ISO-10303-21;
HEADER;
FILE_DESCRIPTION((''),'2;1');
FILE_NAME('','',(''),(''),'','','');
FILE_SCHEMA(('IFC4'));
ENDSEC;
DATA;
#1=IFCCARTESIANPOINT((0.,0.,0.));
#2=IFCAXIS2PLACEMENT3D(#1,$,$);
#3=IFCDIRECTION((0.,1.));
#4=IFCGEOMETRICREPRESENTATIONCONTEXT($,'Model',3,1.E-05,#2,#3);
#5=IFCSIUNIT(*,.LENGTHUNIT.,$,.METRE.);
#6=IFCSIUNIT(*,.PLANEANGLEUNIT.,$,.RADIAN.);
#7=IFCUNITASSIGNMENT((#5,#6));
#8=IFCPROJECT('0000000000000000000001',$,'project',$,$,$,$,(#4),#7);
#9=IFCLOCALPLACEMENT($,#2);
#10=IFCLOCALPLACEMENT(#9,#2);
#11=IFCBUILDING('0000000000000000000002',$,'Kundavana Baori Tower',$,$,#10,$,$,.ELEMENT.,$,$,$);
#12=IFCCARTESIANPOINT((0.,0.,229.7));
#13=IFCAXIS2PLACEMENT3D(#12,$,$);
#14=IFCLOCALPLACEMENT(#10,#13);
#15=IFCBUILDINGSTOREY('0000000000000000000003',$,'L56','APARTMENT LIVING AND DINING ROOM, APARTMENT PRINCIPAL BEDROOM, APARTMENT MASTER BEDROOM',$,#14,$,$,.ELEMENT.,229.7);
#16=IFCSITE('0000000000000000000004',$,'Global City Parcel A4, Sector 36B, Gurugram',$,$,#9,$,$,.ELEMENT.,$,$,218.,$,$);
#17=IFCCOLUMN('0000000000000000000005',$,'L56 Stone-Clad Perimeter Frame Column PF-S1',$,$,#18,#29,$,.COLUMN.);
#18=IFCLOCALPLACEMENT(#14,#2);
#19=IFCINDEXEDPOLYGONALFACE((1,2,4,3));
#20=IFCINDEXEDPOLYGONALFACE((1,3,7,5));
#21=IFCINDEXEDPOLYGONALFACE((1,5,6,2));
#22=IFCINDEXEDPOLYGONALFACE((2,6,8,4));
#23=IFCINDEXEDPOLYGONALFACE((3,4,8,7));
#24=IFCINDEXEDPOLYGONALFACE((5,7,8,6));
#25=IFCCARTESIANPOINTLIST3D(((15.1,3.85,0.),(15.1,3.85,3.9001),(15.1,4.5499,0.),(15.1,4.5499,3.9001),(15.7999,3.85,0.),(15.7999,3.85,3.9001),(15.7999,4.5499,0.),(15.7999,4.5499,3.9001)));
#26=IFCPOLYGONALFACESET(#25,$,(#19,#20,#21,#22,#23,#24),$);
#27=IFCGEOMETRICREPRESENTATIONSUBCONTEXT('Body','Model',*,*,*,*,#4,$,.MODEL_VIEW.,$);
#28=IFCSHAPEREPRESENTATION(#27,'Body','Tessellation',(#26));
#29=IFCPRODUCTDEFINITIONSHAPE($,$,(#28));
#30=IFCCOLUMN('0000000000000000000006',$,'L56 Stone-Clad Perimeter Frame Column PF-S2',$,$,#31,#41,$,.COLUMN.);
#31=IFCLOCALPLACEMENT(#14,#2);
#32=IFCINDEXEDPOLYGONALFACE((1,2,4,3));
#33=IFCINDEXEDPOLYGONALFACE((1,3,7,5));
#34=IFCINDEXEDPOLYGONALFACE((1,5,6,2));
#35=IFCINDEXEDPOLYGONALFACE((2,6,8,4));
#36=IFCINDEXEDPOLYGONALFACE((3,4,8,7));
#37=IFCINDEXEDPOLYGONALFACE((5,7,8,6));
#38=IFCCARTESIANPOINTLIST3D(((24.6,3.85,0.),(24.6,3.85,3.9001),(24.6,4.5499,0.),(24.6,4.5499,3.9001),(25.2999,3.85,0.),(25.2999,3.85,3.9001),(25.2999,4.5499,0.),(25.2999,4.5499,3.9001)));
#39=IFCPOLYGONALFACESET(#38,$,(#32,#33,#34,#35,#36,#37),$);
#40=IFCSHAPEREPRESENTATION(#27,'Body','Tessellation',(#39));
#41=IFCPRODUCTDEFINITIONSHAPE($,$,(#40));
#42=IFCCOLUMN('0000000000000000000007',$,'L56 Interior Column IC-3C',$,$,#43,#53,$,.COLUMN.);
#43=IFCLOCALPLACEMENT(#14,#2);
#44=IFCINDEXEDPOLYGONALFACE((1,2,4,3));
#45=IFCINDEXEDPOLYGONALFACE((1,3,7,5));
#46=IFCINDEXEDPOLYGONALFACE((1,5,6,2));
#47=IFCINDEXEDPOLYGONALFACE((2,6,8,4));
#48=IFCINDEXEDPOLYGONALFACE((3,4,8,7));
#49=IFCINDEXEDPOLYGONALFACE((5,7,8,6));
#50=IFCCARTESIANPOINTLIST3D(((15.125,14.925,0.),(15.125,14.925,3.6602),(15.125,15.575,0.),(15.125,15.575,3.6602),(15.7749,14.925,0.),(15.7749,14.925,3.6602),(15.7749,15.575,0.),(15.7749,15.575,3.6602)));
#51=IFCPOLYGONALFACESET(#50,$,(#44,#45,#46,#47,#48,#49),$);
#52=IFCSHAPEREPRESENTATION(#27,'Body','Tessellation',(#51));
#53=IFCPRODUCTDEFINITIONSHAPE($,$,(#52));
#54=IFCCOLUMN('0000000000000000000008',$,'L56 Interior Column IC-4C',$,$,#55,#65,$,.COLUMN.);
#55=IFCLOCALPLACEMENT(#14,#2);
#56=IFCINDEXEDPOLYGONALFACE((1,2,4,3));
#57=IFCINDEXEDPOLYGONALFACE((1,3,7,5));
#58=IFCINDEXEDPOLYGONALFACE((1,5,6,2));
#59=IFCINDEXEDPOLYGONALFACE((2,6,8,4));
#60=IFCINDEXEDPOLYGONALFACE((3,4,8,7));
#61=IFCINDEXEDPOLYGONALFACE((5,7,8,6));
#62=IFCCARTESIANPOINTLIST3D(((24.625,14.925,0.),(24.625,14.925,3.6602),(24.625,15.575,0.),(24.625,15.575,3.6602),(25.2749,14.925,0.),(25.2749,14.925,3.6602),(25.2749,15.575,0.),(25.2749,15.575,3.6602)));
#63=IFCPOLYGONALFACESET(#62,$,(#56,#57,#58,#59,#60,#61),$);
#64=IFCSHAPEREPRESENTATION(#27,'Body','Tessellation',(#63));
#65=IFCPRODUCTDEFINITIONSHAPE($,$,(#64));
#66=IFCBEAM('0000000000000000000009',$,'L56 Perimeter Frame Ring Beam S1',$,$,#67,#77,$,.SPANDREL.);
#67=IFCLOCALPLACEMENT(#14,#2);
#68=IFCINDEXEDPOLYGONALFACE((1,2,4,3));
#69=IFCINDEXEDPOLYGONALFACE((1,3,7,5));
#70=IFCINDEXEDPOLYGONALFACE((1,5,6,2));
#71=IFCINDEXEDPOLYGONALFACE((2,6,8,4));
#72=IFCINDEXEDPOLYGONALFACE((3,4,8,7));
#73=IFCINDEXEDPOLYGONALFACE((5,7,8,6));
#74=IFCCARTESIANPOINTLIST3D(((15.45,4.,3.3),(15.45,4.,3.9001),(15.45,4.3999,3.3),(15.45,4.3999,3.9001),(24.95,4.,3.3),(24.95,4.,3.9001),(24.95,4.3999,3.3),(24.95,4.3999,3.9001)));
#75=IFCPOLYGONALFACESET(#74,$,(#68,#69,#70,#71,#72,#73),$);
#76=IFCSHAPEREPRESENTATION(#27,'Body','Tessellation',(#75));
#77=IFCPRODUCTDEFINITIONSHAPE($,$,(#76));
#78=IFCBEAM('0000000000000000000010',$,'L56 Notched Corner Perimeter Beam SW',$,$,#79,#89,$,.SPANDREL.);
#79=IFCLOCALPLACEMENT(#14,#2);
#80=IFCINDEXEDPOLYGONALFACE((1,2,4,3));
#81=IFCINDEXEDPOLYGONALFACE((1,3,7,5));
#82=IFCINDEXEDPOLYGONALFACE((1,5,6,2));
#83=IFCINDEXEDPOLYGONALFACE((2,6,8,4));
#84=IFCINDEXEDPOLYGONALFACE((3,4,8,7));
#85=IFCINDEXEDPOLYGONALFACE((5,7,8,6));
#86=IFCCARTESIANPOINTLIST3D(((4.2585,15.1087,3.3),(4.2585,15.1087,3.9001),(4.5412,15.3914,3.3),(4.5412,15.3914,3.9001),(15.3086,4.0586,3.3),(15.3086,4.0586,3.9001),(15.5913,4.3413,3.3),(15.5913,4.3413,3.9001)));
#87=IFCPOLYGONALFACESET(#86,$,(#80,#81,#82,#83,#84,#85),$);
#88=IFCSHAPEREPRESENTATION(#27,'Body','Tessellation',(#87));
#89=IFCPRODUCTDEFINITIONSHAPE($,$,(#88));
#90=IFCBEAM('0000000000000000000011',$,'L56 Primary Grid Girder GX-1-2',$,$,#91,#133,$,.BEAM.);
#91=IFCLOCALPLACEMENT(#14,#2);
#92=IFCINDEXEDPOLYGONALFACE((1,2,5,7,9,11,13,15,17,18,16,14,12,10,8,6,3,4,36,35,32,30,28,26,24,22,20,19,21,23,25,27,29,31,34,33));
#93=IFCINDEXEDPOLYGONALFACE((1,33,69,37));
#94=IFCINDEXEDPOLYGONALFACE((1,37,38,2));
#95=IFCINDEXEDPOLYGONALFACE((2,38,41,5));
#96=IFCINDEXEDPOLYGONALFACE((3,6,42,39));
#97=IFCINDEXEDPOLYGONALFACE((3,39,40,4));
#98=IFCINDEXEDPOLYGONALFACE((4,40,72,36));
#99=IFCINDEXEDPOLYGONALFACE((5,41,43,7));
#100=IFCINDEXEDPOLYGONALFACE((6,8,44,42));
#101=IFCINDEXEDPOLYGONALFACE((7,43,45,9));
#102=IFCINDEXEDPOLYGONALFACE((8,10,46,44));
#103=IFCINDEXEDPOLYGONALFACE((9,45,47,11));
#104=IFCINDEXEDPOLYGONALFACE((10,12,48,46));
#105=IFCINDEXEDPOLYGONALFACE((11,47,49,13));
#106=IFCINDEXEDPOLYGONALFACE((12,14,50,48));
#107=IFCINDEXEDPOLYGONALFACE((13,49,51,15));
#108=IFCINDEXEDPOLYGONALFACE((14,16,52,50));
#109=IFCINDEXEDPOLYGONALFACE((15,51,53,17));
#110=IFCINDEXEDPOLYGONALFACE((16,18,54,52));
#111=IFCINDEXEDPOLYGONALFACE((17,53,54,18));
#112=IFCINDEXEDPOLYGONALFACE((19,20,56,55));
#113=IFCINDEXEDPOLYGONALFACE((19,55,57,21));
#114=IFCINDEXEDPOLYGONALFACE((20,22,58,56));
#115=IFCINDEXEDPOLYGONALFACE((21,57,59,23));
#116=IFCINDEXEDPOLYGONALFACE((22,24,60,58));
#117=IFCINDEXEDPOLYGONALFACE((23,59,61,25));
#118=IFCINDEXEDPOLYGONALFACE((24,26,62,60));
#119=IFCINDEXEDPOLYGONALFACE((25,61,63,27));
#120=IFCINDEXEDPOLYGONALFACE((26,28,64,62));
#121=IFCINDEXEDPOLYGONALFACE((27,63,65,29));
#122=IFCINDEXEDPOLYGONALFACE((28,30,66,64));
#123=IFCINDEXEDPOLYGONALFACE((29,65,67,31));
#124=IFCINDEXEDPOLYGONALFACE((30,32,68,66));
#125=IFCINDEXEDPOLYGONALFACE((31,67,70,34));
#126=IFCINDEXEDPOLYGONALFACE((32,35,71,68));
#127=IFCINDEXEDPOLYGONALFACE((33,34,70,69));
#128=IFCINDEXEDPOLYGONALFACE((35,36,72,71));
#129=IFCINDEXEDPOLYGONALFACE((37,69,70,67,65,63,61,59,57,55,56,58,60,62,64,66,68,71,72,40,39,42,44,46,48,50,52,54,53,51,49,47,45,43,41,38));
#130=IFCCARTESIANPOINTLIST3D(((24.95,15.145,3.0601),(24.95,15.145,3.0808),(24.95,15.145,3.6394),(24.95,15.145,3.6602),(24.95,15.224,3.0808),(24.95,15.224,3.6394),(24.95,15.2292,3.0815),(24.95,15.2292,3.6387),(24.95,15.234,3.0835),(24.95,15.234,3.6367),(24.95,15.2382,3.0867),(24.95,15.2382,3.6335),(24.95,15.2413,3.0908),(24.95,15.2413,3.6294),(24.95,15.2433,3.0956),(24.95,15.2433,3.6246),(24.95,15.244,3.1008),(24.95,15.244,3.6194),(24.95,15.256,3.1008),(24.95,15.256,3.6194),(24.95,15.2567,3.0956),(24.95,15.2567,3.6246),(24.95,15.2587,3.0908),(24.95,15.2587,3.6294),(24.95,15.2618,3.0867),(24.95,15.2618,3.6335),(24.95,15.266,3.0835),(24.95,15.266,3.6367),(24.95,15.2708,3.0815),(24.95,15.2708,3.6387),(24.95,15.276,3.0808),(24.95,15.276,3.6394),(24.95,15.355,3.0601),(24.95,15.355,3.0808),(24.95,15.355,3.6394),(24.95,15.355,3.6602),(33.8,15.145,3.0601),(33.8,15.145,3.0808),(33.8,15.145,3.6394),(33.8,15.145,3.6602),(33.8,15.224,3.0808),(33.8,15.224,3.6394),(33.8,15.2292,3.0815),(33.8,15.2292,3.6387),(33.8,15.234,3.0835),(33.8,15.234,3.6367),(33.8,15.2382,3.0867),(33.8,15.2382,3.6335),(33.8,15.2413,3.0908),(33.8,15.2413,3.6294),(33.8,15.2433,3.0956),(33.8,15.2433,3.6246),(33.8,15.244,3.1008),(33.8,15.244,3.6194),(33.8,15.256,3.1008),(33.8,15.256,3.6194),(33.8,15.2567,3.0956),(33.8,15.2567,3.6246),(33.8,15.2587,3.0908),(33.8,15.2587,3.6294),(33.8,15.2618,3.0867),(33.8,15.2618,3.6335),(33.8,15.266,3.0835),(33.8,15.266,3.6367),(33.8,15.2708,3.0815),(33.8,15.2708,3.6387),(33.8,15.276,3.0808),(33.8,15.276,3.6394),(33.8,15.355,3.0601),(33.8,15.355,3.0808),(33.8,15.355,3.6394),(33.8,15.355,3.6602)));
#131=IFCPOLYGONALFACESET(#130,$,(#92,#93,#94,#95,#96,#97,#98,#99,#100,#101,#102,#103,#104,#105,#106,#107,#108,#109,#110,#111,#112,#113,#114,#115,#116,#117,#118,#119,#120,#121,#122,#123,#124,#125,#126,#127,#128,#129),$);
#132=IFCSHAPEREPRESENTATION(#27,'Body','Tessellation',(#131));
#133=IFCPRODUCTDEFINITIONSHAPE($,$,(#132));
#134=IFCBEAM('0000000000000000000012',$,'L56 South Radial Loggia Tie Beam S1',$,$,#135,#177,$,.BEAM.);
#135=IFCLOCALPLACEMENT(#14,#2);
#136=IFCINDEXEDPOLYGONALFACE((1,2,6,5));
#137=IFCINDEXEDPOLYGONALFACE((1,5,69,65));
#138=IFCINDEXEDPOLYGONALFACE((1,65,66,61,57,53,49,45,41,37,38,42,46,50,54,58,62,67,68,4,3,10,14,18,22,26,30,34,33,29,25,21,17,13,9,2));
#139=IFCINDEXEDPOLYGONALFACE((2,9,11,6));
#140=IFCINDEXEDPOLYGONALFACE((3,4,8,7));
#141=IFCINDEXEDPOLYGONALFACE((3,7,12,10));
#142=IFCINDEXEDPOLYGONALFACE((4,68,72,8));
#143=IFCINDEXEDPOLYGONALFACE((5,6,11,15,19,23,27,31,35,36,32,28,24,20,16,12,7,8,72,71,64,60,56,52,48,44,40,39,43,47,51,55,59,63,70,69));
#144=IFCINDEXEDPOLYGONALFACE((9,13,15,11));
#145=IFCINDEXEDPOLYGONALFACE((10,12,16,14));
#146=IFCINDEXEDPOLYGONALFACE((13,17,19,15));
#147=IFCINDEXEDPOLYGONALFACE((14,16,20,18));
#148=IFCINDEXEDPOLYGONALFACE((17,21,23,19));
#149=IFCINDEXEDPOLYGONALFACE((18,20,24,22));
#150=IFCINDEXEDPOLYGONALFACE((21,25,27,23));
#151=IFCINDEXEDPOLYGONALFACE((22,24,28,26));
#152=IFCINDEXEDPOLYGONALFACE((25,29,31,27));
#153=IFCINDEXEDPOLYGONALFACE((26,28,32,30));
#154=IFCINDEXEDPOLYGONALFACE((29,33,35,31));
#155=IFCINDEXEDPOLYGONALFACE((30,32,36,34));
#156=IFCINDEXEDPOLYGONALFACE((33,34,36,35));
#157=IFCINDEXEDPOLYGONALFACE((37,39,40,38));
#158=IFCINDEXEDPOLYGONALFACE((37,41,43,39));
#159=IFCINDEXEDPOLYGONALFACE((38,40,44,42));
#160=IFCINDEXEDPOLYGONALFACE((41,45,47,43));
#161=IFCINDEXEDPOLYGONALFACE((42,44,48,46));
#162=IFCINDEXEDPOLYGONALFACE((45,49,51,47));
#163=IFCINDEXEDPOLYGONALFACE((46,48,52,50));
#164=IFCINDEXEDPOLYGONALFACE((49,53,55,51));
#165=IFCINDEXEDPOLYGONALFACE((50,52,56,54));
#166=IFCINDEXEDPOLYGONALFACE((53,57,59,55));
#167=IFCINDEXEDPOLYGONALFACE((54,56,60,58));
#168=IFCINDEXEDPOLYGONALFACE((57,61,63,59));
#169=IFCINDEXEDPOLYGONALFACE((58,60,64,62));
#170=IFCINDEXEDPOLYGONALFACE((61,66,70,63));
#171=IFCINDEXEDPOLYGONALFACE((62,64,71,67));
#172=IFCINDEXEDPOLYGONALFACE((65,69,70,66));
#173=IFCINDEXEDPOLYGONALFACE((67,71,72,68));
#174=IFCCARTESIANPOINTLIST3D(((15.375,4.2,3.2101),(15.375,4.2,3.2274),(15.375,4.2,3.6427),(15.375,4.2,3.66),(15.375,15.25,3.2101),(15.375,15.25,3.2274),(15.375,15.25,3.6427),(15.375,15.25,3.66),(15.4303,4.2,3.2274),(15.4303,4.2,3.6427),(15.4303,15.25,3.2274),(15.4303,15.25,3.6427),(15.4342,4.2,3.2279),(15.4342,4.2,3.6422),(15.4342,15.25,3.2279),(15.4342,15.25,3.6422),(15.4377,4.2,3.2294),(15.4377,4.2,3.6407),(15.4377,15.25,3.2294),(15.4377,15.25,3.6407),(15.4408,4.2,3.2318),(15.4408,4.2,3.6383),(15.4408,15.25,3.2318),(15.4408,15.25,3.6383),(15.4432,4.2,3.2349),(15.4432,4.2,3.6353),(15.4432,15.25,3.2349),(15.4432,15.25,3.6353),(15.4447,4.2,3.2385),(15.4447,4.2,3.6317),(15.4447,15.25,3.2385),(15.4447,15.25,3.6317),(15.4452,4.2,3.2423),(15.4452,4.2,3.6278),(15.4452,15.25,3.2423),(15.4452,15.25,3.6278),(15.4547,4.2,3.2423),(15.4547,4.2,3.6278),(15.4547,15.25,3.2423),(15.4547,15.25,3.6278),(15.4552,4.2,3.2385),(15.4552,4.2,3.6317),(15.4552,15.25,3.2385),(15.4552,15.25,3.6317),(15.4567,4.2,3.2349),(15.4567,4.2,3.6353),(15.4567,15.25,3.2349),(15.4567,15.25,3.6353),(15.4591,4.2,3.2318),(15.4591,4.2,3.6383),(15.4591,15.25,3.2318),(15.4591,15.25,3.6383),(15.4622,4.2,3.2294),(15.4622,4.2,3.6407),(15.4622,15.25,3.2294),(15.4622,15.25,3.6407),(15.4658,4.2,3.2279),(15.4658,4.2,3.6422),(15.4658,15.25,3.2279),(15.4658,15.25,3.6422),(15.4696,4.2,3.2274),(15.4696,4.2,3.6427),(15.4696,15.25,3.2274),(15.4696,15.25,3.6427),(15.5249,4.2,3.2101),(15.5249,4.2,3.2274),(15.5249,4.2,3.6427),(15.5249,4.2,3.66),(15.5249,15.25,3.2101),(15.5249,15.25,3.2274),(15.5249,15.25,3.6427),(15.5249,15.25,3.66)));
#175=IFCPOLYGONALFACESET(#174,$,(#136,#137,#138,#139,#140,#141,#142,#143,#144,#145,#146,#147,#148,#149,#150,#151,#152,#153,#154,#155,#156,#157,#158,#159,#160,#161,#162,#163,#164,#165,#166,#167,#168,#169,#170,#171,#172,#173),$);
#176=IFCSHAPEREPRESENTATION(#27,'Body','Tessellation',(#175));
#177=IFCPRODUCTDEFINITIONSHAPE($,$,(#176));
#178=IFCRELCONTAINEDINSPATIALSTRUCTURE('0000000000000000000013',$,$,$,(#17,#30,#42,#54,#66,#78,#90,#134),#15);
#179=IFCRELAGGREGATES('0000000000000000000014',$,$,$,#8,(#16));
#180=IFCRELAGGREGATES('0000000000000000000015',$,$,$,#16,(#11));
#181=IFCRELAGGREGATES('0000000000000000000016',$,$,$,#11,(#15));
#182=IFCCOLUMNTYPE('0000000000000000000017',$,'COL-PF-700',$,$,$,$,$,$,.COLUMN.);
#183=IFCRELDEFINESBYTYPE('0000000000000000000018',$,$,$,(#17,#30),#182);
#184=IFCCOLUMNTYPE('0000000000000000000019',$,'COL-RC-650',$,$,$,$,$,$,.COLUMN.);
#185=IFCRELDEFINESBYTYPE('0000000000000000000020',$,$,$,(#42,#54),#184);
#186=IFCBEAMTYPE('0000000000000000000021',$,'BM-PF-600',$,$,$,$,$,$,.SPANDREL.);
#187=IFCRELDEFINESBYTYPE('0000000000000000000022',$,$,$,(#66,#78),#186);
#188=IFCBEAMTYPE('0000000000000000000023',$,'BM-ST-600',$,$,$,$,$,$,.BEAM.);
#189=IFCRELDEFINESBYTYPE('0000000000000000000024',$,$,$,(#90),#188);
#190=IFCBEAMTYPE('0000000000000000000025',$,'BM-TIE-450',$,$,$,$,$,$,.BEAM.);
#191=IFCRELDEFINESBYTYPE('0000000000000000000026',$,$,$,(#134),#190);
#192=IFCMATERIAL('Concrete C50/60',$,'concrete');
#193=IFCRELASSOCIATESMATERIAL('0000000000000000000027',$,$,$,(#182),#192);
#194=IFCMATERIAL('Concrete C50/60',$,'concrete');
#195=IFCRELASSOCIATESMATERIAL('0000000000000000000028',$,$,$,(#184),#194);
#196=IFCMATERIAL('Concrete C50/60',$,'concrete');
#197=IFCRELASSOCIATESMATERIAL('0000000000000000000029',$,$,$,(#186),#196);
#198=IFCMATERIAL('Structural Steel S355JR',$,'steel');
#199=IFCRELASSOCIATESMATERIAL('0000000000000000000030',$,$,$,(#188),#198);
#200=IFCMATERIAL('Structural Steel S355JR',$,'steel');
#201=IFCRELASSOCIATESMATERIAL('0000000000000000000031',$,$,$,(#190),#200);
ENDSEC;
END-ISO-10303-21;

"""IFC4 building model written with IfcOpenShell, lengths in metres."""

from ifc_helpers import new_model, si_unit, direction, frame, origin, origin_2d, place, context, subcontext, project, spatial, rectangle, i_section, extrude, material, material_profile, profile_set, type_object, element, save


model = new_model("IFC4")

# Units and contexts
model_context = context("Model", 3, precision=1e-05, world=origin(), true_north=direction((0.0, 1.0)))
body_context = subcontext(model_context, "Body", "Model", "MODEL_VIEW")
ifc_project = project(units=[si_unit("LENGTHUNIT", "METRE"), si_unit("PLANEANGLEUNIT", "RADIAN")], contexts=[model_context])

# Site, building, storey
site_placement = place(None, origin())
site = spatial("IfcSite", under=ifc_project, at=site_placement, Name="Global City Parcel A4, Sector 36B, Gurugram", CompositionType="ELEMENT", RefElevation=218.0)
building_placement = place(site_placement, origin())
building = spatial("IfcBuilding", under=site, at=building_placement, Name="Kundavana Baori Tower", CompositionType="ELEMENT")
storey_placement = place(building_placement, frame((0.0, 0.0, 229.7)))
storey = spatial("IfcBuildingStorey", under=building, at=storey_placement, Name="L56", Description="APARTMENT LIVING AND DINING ROOM, APARTMENT PRINCIPAL BEDROOM, APARTMENT MASTER BEDROOM", CompositionType="ELEMENT", Elevation=229.7)

# Columns
ifc_material_1 = material(Name="Concrete C50/60", Category="concrete")
ifc_material_profile_1 = material_profile(ifc_material_1, rectangle(XDim=0.7, YDim=0.7, at=origin_2d()), Name="RC PF 700x700")
ifc_profile_set_1 = profile_set([ifc_material_profile_1], Name="Concrete C50/60")
column_type_1 = type_object("IfcColumnType", Name="COL-PF-700", PredefinedType="COLUMN", material=ifc_profile_set_1)
for number, where, z_axis, x_axis, name in (
    (1, (15.45, 4.2, 0.0), (0.0, 0.0, 1.0), (1.0, 0.0, 0.0), "L56 Stone-Clad Perimeter Frame Column PF-S1"),
    (2, (24.95, 4.2, 0.0), (0.0, 0.0, 1.0), (1.0, 0.0, 0.0), "L56 Stone-Clad Perimeter Frame Column PF-S2"),
):
    element("IfcColumn", number, at=place(storey_placement, frame(where, z_axis=z_axis, x_axis=x_axis)), inside=storey, type_object=column_type_1, Name=name, PredefinedType="COLUMN", context=body_context, shape_type="SweptSolid", body=[
        extrude(rectangle(XDim=0.7, YDim=0.7, at=origin_2d()), origin(), (0.0, 0.0, 1.0), 3.9001),
    ])
ifc_material_2 = material(Name="Concrete C50/60", Category="concrete")
ifc_material_profile_2 = material_profile(ifc_material_2, rectangle(XDim=0.6499, YDim=0.6499, at=origin_2d()), Name="RC 650x650")
ifc_profile_set_2 = profile_set([ifc_material_profile_2], Name="Concrete C50/60")
column_type_2 = type_object("IfcColumnType", Name="COL-RC-650", PredefinedType="COLUMN", material=ifc_profile_set_2)
for number, where, z_axis, x_axis, name in (
    (3, (15.45, 15.25, 0.0), (0.0, 0.0, 1.0), (1.0, 0.0, 0.0), "L56 Interior Column IC-3C"),
    (4, (24.95, 15.25, 0.0), (0.0, 0.0, 1.0), (1.0, 0.0, 0.0), "L56 Interior Column IC-4C"),
):
    element("IfcColumn", number, at=place(storey_placement, frame(where, z_axis=z_axis, x_axis=x_axis)), inside=storey, type_object=column_type_2, Name=name, PredefinedType="COLUMN", context=body_context, shape_type="SweptSolid", body=[
        extrude(rectangle(XDim=0.6499, YDim=0.6499, at=origin_2d()), origin(), (0.0, 0.0, 1.0), 3.6602),
    ])

# Beams
ifc_material_3 = material(Name="Concrete C50/60", Category="concrete")
ifc_material_profile_3 = material_profile(ifc_material_3, rectangle(XDim=0.3999, YDim=0.6001, at=origin_2d()), Name="RC BM 400x600")
ifc_profile_set_3 = profile_set([ifc_material_profile_3], Name="Concrete C50/60")
beam_type_1 = type_object("IfcBeamType", Name="BM-PF-600", PredefinedType="SPANDREL", material=ifc_profile_set_3)
beam_1_placement = place(storey_placement, frame((15.45, 4.2, 3.6001), z_axis=(1.0, 0.0, 0.0), x_axis=(0.0, 1.0, 0.0)))
element("IfcBeam", 5, at=beam_1_placement, inside=storey, type_object=beam_type_1, Name="L56 Perimeter Frame Ring Beam S1", PredefinedType="SPANDREL", context=body_context, shape_type="SweptSolid", body=[
    extrude(rectangle(XDim=0.3999, YDim=0.6001, at=origin_2d()), origin(), (0.0, 0.0, 1.0), 9.5),
])
beam_2_placement = place(storey_placement, frame((15.45, 4.2, 3.6001), z_axis=(-0.707107, 0.707107, 0.0), x_axis=(-0.707107, -0.707107, 0.0)))
element("IfcBeam", 6, at=beam_2_placement, inside=storey, type_object=beam_type_1, Name="L56 Notched Corner Perimeter Beam SW", PredefinedType="SPANDREL", context=body_context, shape_type="SweptSolid", body=[
    extrude(rectangle(XDim=0.3999, YDim=0.6001, at=origin_2d()), origin(), (0.0, 0.0, 1.0), 15.6272),
])
ifc_material_4 = material(Name="Structural Steel S355JR", Category="steel")
ifc_material_profile_4 = material_profile(ifc_material_4, i_section(OverallWidth=0.21, OverallDepth=0.6001, WebThickness=0.012, FlangeThickness=0.0208, FilletRadius=0.02, at=origin_2d()), Name="ISMB 600")
ifc_profile_set_4 = profile_set([ifc_material_profile_4], Name="Structural Steel S355JR")
beam_type_2 = type_object("IfcBeamType", Name="BM-ST-600", PredefinedType="BEAM", material=ifc_profile_set_4)
beam_3_placement = place(storey_placement, frame((24.95, 15.25, 3.3601), z_axis=(1.0, 0.0, 0.0), x_axis=(0.0, 1.0, 0.0)))
element("IfcBeam", 7, at=beam_3_placement, inside=storey, type_object=beam_type_2, Name="L56 Primary Grid Girder GX-1-2", PredefinedType="BEAM", context=body_context, shape_type="SweptSolid", body=[
    extrude(i_section(OverallWidth=0.21, OverallDepth=0.6001, WebThickness=0.012, FlangeThickness=0.0208, FilletRadius=0.02, at=origin_2d()), origin(), (0.0, 0.0, 1.0), 8.8501),
])
ifc_material_5 = material(Name="Structural Steel S355JR", Category="steel")
ifc_material_profile_5 = material_profile(ifc_material_5, i_section(OverallWidth=0.1499, OverallDepth=0.45, WebThickness=0.0095, FlangeThickness=0.0173, FilletRadius=0.0149, at=origin_2d()), Name="ISMB 450")
ifc_profile_set_5 = profile_set([ifc_material_profile_5], Name="Structural Steel S355JR")
beam_type_3 = type_object("IfcBeamType", Name="BM-TIE-450", PredefinedType="BEAM", material=ifc_profile_set_5)
for number, where, z_axis, x_axis, name in (
    (8, (15.45, 15.25, 3.4351), (0.0, -1.0, 0.0), (1.0, 0.0, 0.0), "L56 South Radial Loggia Tie Beam S1"),
):
    element("IfcBeam", number, at=place(storey_placement, frame(where, z_axis=z_axis, x_axis=x_axis)), inside=storey, type_object=beam_type_3, Name=name, PredefinedType="BEAM", context=body_context, shape_type="SweptSolid", body=[
        extrude(i_section(OverallWidth=0.1499, OverallDepth=0.45, WebThickness=0.0095, FlangeThickness=0.0173, FilletRadius=0.0149, at=origin_2d()), origin(), (0.0, 0.0, 1.0), 11.05),
    ])

save(model, "model.ifc")
